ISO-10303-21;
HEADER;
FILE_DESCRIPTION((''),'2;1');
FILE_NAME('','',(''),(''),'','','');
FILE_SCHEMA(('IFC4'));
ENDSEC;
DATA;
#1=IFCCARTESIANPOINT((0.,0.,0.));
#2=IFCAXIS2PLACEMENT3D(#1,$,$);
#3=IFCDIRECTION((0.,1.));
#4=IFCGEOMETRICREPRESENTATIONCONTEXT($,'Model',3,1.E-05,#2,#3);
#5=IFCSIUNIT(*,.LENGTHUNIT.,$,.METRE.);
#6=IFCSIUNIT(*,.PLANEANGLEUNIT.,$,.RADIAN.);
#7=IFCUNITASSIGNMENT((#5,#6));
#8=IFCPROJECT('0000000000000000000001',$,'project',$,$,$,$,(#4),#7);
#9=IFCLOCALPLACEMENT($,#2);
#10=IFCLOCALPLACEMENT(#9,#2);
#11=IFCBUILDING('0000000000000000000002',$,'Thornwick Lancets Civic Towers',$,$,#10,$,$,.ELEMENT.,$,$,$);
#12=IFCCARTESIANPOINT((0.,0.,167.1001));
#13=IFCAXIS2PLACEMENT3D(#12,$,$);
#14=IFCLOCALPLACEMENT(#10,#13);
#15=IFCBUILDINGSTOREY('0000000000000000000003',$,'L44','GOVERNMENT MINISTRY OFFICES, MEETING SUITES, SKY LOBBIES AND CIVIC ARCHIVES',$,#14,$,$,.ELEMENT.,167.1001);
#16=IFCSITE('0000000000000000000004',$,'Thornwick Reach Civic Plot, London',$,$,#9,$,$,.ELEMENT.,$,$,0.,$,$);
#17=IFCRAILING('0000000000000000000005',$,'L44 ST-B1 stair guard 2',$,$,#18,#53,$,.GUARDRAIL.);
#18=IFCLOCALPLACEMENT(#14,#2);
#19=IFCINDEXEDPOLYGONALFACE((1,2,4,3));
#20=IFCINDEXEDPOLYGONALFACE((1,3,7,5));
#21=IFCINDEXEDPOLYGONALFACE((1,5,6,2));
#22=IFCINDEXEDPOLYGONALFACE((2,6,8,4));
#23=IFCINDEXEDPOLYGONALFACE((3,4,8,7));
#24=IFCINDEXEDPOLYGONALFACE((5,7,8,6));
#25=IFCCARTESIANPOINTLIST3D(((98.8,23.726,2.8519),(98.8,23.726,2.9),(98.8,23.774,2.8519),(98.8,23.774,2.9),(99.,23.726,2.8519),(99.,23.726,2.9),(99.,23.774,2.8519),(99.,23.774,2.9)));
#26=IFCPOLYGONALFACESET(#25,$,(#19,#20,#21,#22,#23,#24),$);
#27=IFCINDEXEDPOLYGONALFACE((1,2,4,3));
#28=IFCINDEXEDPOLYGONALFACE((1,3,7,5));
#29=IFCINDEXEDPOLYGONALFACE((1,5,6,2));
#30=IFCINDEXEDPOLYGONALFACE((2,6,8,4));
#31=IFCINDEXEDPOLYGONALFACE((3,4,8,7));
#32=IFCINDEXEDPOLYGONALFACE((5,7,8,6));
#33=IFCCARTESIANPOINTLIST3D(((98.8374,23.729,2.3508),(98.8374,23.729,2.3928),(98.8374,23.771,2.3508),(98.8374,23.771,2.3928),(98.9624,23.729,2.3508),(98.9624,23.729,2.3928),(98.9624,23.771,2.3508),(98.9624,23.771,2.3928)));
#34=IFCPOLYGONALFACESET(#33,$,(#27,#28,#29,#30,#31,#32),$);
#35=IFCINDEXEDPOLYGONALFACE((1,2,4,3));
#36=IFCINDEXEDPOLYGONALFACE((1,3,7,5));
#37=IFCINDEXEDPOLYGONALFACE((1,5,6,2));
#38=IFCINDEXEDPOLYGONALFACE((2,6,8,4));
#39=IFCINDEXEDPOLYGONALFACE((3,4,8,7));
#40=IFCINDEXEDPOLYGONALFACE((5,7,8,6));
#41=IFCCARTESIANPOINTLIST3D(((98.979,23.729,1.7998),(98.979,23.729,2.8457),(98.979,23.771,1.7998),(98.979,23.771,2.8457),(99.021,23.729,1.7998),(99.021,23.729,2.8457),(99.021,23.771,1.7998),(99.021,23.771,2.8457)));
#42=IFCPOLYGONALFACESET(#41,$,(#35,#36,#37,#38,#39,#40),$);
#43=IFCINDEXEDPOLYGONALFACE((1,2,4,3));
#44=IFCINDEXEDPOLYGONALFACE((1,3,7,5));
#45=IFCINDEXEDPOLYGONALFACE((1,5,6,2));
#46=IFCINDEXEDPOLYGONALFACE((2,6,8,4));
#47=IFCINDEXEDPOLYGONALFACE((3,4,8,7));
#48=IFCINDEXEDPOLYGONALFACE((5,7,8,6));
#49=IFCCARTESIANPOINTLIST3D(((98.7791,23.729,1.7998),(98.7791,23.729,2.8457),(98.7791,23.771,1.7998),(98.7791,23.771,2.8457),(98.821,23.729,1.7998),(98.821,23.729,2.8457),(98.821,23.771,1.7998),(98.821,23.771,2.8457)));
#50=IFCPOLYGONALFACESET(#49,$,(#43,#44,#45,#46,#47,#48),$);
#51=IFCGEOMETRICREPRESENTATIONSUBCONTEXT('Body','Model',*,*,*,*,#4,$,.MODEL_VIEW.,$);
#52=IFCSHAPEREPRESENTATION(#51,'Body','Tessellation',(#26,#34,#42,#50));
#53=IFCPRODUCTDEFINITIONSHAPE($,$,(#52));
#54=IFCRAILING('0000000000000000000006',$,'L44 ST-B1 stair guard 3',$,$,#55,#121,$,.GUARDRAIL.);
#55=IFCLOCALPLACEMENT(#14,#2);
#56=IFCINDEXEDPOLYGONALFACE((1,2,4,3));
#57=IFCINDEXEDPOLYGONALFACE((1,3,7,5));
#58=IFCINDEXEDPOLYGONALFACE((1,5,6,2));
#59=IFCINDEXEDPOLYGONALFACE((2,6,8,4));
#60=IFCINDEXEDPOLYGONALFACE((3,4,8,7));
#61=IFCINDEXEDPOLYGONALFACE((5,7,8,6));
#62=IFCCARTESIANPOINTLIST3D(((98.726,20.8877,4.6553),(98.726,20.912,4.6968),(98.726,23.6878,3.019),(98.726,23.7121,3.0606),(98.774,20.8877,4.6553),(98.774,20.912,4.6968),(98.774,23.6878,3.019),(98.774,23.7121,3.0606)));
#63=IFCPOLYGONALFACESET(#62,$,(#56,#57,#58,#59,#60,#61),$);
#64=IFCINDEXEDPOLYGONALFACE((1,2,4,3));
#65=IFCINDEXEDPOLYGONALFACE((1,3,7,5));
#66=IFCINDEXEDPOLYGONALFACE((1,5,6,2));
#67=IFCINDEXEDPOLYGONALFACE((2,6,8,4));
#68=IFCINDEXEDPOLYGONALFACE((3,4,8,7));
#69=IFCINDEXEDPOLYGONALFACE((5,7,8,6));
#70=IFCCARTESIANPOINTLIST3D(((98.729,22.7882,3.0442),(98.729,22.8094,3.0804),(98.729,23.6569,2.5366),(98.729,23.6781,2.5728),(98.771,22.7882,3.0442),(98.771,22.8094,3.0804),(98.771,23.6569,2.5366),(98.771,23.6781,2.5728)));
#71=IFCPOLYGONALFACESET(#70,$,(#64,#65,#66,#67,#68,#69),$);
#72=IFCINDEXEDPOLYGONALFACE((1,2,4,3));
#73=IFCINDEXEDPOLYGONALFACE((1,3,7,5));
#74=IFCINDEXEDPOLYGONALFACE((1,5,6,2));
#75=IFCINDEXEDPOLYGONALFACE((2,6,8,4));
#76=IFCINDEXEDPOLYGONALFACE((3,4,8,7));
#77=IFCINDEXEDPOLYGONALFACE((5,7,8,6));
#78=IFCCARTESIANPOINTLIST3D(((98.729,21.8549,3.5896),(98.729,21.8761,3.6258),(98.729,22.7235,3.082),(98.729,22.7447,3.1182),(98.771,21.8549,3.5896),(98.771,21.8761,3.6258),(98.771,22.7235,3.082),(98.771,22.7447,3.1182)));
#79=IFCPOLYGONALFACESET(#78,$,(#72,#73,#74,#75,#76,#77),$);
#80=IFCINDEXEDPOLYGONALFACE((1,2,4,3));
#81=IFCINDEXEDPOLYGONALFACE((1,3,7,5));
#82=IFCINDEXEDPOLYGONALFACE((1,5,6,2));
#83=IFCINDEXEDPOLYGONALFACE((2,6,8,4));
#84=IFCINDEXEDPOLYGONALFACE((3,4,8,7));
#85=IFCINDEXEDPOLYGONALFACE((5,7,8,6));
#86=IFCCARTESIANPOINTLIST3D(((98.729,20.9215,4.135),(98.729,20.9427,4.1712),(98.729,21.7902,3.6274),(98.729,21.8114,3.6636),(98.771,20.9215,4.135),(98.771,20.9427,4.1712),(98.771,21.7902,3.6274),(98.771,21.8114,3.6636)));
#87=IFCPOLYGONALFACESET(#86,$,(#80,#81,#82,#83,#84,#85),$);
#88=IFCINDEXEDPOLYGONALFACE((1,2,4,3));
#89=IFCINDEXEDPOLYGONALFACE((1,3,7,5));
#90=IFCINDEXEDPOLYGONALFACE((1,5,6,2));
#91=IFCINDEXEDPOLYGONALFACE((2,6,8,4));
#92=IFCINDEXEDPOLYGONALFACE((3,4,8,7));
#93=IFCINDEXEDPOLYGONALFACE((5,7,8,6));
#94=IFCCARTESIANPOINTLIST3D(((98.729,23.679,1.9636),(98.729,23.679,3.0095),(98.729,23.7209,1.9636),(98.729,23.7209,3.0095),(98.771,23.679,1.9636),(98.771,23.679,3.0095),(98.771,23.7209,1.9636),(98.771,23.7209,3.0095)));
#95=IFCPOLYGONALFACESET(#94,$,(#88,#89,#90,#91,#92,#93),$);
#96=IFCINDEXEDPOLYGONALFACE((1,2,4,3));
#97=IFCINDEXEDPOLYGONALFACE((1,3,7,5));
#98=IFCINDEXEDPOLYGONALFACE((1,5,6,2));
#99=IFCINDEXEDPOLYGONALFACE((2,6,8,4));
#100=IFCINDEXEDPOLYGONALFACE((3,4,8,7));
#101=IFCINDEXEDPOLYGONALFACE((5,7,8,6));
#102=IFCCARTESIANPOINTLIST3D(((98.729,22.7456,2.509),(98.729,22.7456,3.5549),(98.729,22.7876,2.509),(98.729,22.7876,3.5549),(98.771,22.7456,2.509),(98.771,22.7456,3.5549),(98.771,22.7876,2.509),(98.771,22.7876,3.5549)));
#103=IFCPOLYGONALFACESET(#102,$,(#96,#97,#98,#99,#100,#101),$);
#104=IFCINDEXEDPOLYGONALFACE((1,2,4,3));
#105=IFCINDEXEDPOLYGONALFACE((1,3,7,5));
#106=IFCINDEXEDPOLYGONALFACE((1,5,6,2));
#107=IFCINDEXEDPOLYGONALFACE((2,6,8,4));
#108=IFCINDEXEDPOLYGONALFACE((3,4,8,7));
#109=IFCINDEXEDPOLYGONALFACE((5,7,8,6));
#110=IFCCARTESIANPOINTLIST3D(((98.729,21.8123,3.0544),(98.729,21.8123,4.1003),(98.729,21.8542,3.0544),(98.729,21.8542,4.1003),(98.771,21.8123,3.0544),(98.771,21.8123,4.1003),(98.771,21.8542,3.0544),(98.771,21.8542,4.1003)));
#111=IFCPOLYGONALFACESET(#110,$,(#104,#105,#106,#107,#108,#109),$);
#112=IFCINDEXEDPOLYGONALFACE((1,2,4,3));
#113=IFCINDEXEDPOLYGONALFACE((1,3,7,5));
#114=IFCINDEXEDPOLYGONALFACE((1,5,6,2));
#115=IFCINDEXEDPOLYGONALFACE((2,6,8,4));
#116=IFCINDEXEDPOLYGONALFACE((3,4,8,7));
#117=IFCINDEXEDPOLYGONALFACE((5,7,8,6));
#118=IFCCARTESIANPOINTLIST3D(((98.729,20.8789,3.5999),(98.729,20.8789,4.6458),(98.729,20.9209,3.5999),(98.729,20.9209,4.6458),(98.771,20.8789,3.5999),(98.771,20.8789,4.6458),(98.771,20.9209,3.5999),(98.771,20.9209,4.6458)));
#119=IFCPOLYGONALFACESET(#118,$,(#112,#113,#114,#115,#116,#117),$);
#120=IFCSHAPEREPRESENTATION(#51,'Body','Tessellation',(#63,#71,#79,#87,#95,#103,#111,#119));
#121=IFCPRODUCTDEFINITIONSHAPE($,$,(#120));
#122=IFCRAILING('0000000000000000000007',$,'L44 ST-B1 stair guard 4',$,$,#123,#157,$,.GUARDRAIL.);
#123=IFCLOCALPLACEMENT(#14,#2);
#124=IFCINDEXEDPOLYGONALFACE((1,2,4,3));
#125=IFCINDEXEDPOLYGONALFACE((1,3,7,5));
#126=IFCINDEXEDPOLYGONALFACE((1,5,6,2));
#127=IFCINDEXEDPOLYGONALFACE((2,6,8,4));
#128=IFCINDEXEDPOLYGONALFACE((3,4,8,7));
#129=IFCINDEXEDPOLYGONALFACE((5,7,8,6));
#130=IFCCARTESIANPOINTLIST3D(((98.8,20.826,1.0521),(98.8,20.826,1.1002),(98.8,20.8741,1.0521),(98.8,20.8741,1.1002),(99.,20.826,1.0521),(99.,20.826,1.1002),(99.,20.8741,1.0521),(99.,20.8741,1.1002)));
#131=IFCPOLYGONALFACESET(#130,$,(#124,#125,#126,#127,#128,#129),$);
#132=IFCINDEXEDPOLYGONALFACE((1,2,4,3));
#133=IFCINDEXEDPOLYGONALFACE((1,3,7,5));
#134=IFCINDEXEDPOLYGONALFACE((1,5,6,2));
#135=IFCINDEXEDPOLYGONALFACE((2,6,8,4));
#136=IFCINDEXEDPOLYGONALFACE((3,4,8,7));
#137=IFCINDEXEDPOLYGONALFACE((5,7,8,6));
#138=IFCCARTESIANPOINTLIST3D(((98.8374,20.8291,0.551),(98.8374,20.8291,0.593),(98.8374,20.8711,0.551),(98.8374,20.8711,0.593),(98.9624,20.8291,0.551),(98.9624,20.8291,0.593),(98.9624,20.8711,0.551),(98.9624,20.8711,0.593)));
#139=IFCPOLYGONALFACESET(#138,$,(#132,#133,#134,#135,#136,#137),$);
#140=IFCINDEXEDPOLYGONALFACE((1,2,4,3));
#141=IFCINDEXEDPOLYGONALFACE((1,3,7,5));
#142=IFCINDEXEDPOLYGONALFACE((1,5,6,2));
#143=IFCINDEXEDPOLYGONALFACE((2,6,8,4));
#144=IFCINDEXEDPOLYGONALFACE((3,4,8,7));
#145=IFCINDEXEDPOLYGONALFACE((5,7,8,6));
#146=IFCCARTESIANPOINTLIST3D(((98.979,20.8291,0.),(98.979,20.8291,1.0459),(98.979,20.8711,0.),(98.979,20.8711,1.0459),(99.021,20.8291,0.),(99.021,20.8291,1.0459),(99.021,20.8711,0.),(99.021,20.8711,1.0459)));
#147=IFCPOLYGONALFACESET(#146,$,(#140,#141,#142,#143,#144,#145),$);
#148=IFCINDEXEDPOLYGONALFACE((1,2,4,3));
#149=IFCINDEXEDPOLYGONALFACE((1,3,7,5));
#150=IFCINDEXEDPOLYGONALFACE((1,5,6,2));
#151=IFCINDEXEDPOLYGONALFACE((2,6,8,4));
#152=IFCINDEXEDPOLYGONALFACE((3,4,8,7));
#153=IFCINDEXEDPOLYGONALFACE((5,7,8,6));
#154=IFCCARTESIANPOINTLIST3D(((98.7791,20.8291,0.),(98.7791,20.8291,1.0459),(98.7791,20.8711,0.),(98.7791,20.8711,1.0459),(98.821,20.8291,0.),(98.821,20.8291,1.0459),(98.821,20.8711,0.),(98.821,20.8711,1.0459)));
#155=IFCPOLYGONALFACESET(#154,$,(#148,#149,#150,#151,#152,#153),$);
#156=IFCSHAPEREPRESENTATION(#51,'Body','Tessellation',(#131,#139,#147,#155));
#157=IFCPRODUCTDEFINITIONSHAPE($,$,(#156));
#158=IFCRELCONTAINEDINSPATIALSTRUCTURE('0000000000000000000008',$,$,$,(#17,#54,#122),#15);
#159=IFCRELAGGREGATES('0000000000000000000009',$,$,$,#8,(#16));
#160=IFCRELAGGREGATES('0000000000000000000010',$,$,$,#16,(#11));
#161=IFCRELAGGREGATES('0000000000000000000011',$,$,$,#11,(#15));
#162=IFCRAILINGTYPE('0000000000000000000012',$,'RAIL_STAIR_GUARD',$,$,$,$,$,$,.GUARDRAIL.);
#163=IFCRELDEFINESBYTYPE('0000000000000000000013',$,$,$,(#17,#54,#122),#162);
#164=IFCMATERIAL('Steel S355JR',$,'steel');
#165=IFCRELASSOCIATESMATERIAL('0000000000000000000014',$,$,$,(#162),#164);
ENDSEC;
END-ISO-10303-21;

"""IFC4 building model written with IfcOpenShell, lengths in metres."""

from ifc_helpers import new_model, si_unit, direction, frame, origin, origin_2d, place, context, subcontext, project, spatial, rectangle, extrude, material, type_object, element, save


model = new_model("IFC4")

# Units and contexts
model_context = context("Model", 3, precision=1e-05, world=origin(), true_north=direction((0.0, 1.0)))
body_context = subcontext(model_context, "Body", "Model", "MODEL_VIEW")
ifc_project = project(units=[si_unit("LENGTHUNIT", "METRE"), si_unit("PLANEANGLEUNIT", "RADIAN")], contexts=[model_context])

# Site, building, storey
site_placement = place(None, origin())
site = spatial("IfcSite", under=ifc_project, at=site_placement, Name="Thornwick Reach Civic Plot, London", CompositionType="ELEMENT", RefElevation=0.0)
building_placement = place(site_placement, origin())
building = spatial("IfcBuilding", under=site, at=building_placement, Name="Thornwick Lancets Civic Towers", CompositionType="ELEMENT")
storey_placement = place(building_placement, frame((0.0, 0.0, 167.1001)))
storey = spatial("IfcBuildingStorey", under=building, at=storey_placement, Name="L44", Description="GOVERNMENT MINISTRY OFFICES, MEETING SUITES, SKY LOBBIES AND CIVIC ARCHIVES", CompositionType="ELEMENT", Elevation=167.1001)

# Shared definitions
ifc_material_1 = material(Name="Steel S355JR", Category="steel")

# Railings
railing_type_1 = type_object("IfcRailingType", Name="RAIL_STAIR_GUARD", PredefinedType="GUARDRAIL", material=ifc_material_1)
railing_1_placement = place(storey_placement, frame((99.0, 23.75, 1.7998)))
element("IfcRailing", 1, at=railing_1_placement, inside=storey, type_object=railing_type_1, Name="L44 ST-B1 stair guard 2", PredefinedType="GUARDRAIL", context=body_context, shape_type="SweptSolid", body=[
    extrude(rectangle(XDim=0.0481, YDim=0.0481, at=origin_2d()), frame((0.0, 0.0, 1.0762), z_axis=(-1.0, 0.0, 0.0), x_axis=(0.0, -1.0, 0.0)), (0.0, 0.0, 1.0), 0.2),
    extrude(rectangle(XDim=0.042, YDim=0.042, at=origin_2d()), frame((-0.0376, 0.0, 0.572), z_axis=(-1.0, 0.0, 0.0), x_axis=(0.0, -1.0, 0.0)), (0.0, 0.0, 1.0), 0.125),
    extrude(rectangle(XDim=0.042, YDim=0.042, at=origin_2d()), origin(), (0.0, 0.0, 1.0), 1.0459),
    extrude(rectangle(XDim=0.042, YDim=0.042, at=origin_2d()), frame((-0.2, 0.0, 0.0)), (0.0, 0.0, 1.0), 1.0459),
])
railing_2_placement = place(storey_placement, frame((98.75, 23.7, 1.9636)))
element("IfcRailing", 2, at=railing_2_placement, inside=storey, type_object=railing_type_1, Name="L44 ST-B1 stair guard 3", PredefinedType="GUARDRAIL", context=body_context, shape_type="SweptSolid", body=[
    extrude(rectangle(XDim=0.0481, YDim=0.0481, at=origin_2d()), frame((0.0, 0.0, 1.0762), z_axis=(0.0, -0.863394, 0.504531), x_axis=(1.0, 0.0, 0.0)), (0.0, 0.0, 1.0), 3.2432),
    extrude(rectangle(XDim=0.042, YDim=0.042, at=origin_2d()), frame((0.0, -0.0325, 0.5911), z_axis=(0.0, -0.863394, 0.504531), x_axis=(1.0, 0.0, 0.0)), (0.0, 0.0, 1.0), 1.0061),
    extrude(rectangle(XDim=0.042, YDim=0.042, at=origin_2d()), frame((0.0, -0.9658, 1.1365), z_axis=(0.0, -0.863394, 0.504531), x_axis=(1.0, 0.0, 0.0)), (0.0, 0.0, 1.0), 1.0061),
    extrude(rectangle(XDim=0.042, YDim=0.042, at=origin_2d()), frame((0.0, -1.8992, 1.6819), z_axis=(0.0, -0.863394, 0.504531), x_axis=(1.0, 0.0, 0.0)), (0.0, 0.0, 1.0), 1.0061),
    extrude(rectangle(XDim=0.042, YDim=0.042, at=origin_2d()), origin(), (0.0, 0.0, 1.0), 1.0459),
    extrude(rectangle(XDim=0.042, YDim=0.042, at=origin_2d()), frame((0.0, -0.9333, 0.5454)), (0.0, 0.0, 1.0), 1.0459),
    extrude(rectangle(XDim=0.042, YDim=0.042, at=origin_2d()), frame((0.0, -1.8667, 1.0908)), (0.0, 0.0, 1.0), 1.0459),
    extrude(rectangle(XDim=0.042, YDim=0.042, at=origin_2d()), frame((0.0, -2.8, 1.6362)), (0.0, 0.0, 1.0), 1.0459),
])
railing_3_placement = place(storey_placement, frame((99.0, 20.8501, 0.0)))
element("IfcRailing", 3, at=railing_3_placement, inside=storey, type_object=railing_type_1, Name="L44 ST-B1 stair guard 4", PredefinedType="GUARDRAIL", context=body_context, shape_type="SweptSolid", body=[
    extrude(rectangle(XDim=0.0481, YDim=0.0481, at=origin_2d()), frame((0.0, 0.0, 1.0762), z_axis=(-1.0, 0.0, 0.0), x_axis=(0.0, -1.0, 0.0)), (0.0, 0.0, 1.0), 0.2),
    extrude(rectangle(XDim=0.042, YDim=0.042, at=origin_2d()), frame((-0.0376, 0.0, 0.572), z_axis=(-1.0, 0.0, 0.0), x_axis=(0.0, -1.0, 0.0)), (0.0, 0.0, 1.0), 0.125),
    extrude(rectangle(XDim=0.042, YDim=0.042, at=origin_2d()), origin(), (0.0, 0.0, 1.0), 1.0459),
    extrude(rectangle(XDim=0.042, YDim=0.042, at=origin_2d()), frame((-0.2, 0.0, 0.0)), (0.0, 0.0, 1.0), 1.0459),
])

save(model, "model.ifc")
